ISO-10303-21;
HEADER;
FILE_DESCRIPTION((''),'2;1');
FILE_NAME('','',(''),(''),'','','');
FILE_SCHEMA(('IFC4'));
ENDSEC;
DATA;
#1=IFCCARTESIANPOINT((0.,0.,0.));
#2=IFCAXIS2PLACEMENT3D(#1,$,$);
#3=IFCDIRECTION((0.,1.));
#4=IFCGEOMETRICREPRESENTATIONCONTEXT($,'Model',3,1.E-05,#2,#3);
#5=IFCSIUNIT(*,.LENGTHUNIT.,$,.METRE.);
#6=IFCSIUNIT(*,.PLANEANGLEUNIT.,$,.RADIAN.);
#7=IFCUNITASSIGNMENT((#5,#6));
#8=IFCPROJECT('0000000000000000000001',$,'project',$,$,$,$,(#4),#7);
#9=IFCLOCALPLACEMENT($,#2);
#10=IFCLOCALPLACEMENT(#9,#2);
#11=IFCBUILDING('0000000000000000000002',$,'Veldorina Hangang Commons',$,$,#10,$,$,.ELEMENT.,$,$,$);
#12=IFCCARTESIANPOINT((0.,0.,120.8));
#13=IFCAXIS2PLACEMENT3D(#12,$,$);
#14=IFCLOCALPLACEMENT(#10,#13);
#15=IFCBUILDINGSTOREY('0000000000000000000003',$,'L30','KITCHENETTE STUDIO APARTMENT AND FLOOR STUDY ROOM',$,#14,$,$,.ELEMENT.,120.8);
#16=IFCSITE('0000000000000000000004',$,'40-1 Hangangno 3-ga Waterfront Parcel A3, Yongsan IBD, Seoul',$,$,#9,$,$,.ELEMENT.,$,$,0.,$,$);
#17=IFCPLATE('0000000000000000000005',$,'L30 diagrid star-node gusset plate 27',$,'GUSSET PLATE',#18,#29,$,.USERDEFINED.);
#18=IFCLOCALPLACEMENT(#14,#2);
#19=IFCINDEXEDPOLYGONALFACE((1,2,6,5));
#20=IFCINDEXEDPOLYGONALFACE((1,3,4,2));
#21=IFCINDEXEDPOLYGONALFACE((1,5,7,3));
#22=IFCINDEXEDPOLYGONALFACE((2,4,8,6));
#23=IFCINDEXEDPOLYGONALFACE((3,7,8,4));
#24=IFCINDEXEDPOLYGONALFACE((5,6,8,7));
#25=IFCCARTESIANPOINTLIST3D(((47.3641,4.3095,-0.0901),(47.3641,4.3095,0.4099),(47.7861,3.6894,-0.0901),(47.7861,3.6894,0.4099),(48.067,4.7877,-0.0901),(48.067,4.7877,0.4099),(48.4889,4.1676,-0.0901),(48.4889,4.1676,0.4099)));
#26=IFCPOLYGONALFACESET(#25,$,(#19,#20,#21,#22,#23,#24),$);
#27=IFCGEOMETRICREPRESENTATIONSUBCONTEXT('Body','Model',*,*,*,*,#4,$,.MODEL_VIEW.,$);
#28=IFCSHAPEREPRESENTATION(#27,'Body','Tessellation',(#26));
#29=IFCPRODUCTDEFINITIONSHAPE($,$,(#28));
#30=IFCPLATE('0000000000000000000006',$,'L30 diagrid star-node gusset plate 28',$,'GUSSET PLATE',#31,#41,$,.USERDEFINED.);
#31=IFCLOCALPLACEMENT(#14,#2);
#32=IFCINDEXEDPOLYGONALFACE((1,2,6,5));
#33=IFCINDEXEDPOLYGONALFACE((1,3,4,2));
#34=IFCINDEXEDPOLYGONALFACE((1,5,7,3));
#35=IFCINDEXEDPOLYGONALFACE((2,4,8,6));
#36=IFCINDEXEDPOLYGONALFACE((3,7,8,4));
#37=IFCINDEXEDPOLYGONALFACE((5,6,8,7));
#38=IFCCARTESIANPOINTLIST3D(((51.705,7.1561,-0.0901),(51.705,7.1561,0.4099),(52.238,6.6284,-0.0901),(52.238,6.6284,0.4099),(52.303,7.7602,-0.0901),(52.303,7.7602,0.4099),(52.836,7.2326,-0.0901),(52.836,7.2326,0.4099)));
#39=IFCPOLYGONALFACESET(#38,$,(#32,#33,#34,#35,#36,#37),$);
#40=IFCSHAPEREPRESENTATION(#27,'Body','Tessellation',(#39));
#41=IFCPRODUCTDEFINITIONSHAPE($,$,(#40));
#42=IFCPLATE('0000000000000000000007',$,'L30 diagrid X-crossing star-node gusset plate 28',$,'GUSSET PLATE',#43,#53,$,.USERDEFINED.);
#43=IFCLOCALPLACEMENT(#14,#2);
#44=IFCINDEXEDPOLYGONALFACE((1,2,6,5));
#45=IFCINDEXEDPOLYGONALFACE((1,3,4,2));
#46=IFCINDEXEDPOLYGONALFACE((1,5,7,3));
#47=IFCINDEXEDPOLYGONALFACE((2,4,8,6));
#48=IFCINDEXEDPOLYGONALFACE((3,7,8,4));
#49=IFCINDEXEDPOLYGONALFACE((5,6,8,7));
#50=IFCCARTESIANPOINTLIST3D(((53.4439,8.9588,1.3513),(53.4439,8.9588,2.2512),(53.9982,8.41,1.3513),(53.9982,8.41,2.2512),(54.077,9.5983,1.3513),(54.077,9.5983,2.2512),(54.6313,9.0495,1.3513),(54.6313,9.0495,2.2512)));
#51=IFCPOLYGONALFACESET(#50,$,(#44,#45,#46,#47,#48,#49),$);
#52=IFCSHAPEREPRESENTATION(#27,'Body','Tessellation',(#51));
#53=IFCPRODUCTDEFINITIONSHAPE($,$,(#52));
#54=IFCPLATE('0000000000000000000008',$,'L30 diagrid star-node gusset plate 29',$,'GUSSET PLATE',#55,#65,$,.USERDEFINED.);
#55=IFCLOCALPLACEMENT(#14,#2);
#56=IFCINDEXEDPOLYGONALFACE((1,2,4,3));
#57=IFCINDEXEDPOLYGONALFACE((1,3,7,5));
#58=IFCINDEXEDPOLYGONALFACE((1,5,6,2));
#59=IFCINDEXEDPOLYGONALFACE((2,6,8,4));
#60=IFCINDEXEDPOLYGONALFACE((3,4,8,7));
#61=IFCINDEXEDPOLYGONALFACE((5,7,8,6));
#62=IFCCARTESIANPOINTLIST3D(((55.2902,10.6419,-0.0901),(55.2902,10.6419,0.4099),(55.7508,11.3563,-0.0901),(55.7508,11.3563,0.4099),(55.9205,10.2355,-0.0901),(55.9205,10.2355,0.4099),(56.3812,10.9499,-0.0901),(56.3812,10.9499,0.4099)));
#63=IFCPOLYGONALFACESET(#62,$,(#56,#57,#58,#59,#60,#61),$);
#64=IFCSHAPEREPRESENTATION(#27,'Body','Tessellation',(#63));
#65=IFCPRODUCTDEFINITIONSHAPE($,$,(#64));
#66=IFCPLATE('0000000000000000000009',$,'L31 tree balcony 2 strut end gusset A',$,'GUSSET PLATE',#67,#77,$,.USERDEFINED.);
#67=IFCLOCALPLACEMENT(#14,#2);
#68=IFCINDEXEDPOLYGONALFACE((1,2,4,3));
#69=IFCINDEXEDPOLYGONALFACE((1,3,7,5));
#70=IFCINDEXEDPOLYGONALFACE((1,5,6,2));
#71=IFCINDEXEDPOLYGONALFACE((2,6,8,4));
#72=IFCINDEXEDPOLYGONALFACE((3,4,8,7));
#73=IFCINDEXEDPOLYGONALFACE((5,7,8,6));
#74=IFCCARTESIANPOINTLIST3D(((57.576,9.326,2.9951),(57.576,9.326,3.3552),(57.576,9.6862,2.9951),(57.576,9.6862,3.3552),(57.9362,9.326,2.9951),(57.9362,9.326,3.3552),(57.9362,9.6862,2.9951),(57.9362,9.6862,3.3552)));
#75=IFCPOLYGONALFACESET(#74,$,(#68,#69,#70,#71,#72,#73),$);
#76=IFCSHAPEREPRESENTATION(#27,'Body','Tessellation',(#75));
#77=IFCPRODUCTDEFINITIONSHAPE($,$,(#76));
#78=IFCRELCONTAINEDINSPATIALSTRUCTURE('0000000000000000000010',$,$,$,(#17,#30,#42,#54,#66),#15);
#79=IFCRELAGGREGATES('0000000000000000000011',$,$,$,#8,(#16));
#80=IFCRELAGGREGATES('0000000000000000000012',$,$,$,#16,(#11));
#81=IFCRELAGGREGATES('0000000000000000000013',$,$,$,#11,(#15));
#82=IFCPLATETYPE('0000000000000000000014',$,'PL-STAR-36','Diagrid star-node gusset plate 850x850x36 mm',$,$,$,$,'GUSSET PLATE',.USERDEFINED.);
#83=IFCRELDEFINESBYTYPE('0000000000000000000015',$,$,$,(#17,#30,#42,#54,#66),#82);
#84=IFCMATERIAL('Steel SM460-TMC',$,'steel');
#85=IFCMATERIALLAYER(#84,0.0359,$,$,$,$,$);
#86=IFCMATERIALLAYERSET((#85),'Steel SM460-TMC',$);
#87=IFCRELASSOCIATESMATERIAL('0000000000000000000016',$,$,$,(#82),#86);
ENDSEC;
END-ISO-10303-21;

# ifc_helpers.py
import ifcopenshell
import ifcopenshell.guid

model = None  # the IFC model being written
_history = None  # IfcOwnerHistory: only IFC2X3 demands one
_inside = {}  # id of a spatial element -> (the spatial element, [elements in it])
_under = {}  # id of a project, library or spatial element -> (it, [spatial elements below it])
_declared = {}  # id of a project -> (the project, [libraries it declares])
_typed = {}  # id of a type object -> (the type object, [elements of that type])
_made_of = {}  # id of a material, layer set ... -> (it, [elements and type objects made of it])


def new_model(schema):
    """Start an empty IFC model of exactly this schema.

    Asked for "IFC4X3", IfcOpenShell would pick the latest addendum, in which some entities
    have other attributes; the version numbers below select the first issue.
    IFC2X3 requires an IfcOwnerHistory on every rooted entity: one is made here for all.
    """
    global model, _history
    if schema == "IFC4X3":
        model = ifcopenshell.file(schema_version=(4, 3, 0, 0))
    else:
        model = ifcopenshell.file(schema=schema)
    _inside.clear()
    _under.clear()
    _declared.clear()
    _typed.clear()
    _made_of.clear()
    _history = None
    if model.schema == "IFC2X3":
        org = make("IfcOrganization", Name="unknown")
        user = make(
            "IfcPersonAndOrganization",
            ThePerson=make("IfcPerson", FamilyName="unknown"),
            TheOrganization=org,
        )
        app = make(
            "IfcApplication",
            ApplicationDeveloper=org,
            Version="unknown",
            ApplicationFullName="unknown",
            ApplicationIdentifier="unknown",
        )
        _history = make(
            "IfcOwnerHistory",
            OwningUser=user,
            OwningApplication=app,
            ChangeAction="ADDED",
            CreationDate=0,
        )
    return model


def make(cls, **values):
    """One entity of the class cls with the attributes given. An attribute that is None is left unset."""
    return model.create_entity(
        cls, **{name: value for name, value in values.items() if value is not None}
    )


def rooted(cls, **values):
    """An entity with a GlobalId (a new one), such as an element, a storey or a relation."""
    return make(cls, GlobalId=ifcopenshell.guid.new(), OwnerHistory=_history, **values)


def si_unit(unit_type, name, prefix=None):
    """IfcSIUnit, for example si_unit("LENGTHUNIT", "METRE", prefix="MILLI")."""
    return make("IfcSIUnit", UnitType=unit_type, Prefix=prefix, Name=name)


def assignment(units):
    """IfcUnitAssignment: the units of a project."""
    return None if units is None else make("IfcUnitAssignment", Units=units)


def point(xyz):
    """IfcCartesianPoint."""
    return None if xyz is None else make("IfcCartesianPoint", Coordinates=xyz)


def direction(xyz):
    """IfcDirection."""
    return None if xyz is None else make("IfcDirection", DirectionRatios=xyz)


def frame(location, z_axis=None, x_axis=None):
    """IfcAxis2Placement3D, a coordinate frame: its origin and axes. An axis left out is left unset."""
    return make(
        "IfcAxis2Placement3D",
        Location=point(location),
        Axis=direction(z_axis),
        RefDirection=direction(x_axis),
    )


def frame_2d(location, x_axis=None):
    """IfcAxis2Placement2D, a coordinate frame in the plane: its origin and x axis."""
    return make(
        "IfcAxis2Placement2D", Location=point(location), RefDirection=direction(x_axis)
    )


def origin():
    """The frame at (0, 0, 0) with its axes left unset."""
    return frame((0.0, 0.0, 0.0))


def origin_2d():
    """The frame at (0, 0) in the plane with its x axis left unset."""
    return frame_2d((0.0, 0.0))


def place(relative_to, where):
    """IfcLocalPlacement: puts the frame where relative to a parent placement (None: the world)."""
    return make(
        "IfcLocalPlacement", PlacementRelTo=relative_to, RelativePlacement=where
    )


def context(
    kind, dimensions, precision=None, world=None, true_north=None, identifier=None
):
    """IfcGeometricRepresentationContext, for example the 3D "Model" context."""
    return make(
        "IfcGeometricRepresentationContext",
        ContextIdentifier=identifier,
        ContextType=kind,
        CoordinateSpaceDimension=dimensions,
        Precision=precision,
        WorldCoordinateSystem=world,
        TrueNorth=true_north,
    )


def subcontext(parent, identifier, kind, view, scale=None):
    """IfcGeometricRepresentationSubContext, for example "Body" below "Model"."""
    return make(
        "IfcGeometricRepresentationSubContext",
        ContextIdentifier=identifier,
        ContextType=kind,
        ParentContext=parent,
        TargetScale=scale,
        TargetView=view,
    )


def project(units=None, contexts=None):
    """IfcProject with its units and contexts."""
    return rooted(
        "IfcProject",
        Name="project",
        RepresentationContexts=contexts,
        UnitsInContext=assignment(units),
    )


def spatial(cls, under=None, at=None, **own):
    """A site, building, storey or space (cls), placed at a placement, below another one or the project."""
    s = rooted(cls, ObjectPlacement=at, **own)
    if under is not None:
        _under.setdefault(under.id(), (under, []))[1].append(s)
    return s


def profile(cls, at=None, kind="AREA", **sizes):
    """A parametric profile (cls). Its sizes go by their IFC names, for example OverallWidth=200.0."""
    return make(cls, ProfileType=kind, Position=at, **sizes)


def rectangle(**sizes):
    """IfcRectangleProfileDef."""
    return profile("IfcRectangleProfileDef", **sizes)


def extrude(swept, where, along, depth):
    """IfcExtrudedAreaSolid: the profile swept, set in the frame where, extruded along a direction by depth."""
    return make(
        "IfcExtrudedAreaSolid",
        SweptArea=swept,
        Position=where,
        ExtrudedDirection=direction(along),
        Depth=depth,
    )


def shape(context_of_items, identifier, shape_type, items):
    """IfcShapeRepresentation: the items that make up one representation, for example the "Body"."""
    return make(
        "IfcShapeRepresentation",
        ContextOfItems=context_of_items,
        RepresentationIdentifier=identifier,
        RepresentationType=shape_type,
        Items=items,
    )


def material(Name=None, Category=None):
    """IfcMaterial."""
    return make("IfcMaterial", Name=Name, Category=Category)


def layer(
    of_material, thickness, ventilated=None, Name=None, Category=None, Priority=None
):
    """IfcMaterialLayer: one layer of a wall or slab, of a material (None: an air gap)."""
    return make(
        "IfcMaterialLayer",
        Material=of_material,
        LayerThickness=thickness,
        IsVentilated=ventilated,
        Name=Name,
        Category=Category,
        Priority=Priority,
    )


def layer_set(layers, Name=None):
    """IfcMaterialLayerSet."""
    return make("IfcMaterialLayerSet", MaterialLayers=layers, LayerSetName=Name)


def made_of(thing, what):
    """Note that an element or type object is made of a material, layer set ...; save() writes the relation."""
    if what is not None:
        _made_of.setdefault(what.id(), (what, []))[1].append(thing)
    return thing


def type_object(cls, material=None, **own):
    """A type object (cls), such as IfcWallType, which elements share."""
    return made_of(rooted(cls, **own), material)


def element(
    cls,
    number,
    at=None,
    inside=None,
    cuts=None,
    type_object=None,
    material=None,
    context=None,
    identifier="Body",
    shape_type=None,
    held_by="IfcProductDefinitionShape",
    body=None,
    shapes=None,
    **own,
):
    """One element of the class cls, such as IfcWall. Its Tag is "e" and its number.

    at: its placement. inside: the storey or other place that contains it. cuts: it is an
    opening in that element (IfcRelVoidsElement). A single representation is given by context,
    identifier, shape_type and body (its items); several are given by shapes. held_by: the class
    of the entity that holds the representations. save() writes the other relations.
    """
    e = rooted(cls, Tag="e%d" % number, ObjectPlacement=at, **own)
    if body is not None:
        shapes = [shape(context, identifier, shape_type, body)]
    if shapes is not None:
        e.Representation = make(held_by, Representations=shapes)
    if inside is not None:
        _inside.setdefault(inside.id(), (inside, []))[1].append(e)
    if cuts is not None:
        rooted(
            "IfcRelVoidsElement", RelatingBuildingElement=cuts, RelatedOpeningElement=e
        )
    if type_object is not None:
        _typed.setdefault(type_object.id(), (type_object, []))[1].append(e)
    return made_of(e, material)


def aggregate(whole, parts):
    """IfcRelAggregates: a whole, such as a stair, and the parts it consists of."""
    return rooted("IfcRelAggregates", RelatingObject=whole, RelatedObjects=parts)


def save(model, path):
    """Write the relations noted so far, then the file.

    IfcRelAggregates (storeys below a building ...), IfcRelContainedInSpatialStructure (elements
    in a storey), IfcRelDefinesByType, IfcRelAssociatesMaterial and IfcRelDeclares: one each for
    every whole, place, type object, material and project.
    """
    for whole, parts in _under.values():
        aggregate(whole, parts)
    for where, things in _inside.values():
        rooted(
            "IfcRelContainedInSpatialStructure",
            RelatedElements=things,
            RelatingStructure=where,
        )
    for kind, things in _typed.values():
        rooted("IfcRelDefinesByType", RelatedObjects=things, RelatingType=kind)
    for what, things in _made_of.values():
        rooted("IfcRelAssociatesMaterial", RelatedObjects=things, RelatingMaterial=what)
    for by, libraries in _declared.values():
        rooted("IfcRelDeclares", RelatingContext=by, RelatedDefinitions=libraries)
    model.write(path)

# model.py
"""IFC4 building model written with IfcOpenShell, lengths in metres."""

from ifc_helpers import new_model, si_unit, direction, frame, origin, origin_2d, place, context, subcontext, project, spatial, rectangle, extrude, material, layer, layer_set, type_object, element, save


model = new_model("IFC4")

# Units and contexts
model_context = context("Model", 3, precision=1e-05, world=origin(), true_north=direction((0.0, 1.0)))
body_context = subcontext(model_context, "Body", "Model", "MODEL_VIEW")
ifc_project = project(units=[si_unit("LENGTHUNIT", "METRE"), si_unit("PLANEANGLEUNIT", "RADIAN")], contexts=[model_context])

# Site, building, storey
site_placement = place(None, origin())
site = spatial("IfcSite", under=ifc_project, at=site_placement, Name="40-1 Hangangno 3-ga Waterfront Parcel A3, Yongsan IBD, Seoul", CompositionType="ELEMENT", RefElevation=0.0)
building_placement = place(site_placement, origin())
building = spatial("IfcBuilding", under=site, at=building_placement, Name="Veldorina Hangang Commons", CompositionType="ELEMENT")
storey_placement = place(building_placement, frame((0.0, 0.0, 120.8)))
storey = spatial("IfcBuildingStorey", under=building, at=storey_placement, Name="L30", Description="KITCHENETTE STUDIO APARTMENT AND FLOOR STUDY ROOM", CompositionType="ELEMENT", Elevation=120.8)

# Plates
ifc_material_1 = material(Name="Steel SM460-TMC", Category="steel")
ifc_layer_1 = layer(ifc_material_1, 0.0359)
ifc_layer_set_1 = layer_set([ifc_layer_1], Name="Steel SM460-TMC")
plate_type_1 = type_object("IfcPlateType", Name="PL-STAR-36", Description="Diagrid star-node gusset plate 850x850x36 mm", ElementType="GUSSET PLATE", PredefinedType="USERDEFINED", material=ifc_layer_set_1)
for number, where, z_axis, x_axis, name in (
    (1, (47.9265, 4.2385, -0.0901), (0.0, 0.0, 1.0), (0.826767, 0.562545, 0.0), "L30 diagrid star-node gusset plate 27"),
    (2, (52.2705, 7.1943, -0.0901), (0.0, 0.0, 1.0), (0.703506, 0.710689, 0.0), "L30 diagrid star-node gusset plate 28"),
):
    element("IfcPlate", number, at=place(storey_placement, frame(where, z_axis=z_axis, x_axis=x_axis)), inside=storey, type_object=plate_type_1, Name=name, ObjectType="GUSSET PLATE", PredefinedType="USERDEFINED", context=body_context, shape_type="SweptSolid", body=[
        extrude(rectangle(XDim=0.8501, YDim=0.75, at=origin_2d()), origin(), (0.0, 0.0, 1.0), 0.5),
    ])
plate_1_placement = place(storey_placement, frame((54.0376, 9.0042, 1.3513), z_axis=(0.0, 0.0, 1.0), x_axis=(0.703506, 0.710689, 0.0)))
element("IfcPlate", 3, at=plate_1_placement, inside=storey, type_object=plate_type_1, Name="L30 diagrid X-crossing star-node gusset plate 28", ObjectType="GUSSET PLATE", PredefinedType="USERDEFINED", context=body_context, shape_type="SweptSolid", body=[
    extrude(rectangle(XDim=0.8999, YDim=0.78, at=origin_2d()), origin(), (0.0, 0.0, 1.0), 0.8999),
])
plate_2_placement = place(storey_placement, frame((55.8357, 10.7959, -0.0901), z_axis=(0.0, 0.0, 1.0), x_axis=(0.54187, 0.840463, 0.0)))
element("IfcPlate", 4, at=plate_2_placement, inside=storey, type_object=plate_type_1, Name="L30 diagrid star-node gusset plate 29", ObjectType="GUSSET PLATE", PredefinedType="USERDEFINED", context=body_context, shape_type="SweptSolid", body=[
    extrude(rectangle(XDim=0.8501, YDim=0.75, at=origin_2d()), origin(), (0.0, 0.0, 1.0), 0.5),
])
plate_3_placement = place(storey_placement, frame((57.7561, 9.5061, 2.9951), z_axis=(0.0, 0.0, 1.0), x_axis=(1.0, 0.0, 0.0)))
element("IfcPlate", 5, at=plate_3_placement, inside=storey, type_object=plate_type_1, Name="L31 tree balcony 2 strut end gusset A", ObjectType="GUSSET PLATE", PredefinedType="USERDEFINED", context=body_context, shape_type="SweptSolid", body=[
    extrude(rectangle(XDim=0.3601, YDim=0.3601, at=origin_2d()), origin(), (0.0, 0.0, 1.0), 0.3601),
])

save(model, "model.ifc")
